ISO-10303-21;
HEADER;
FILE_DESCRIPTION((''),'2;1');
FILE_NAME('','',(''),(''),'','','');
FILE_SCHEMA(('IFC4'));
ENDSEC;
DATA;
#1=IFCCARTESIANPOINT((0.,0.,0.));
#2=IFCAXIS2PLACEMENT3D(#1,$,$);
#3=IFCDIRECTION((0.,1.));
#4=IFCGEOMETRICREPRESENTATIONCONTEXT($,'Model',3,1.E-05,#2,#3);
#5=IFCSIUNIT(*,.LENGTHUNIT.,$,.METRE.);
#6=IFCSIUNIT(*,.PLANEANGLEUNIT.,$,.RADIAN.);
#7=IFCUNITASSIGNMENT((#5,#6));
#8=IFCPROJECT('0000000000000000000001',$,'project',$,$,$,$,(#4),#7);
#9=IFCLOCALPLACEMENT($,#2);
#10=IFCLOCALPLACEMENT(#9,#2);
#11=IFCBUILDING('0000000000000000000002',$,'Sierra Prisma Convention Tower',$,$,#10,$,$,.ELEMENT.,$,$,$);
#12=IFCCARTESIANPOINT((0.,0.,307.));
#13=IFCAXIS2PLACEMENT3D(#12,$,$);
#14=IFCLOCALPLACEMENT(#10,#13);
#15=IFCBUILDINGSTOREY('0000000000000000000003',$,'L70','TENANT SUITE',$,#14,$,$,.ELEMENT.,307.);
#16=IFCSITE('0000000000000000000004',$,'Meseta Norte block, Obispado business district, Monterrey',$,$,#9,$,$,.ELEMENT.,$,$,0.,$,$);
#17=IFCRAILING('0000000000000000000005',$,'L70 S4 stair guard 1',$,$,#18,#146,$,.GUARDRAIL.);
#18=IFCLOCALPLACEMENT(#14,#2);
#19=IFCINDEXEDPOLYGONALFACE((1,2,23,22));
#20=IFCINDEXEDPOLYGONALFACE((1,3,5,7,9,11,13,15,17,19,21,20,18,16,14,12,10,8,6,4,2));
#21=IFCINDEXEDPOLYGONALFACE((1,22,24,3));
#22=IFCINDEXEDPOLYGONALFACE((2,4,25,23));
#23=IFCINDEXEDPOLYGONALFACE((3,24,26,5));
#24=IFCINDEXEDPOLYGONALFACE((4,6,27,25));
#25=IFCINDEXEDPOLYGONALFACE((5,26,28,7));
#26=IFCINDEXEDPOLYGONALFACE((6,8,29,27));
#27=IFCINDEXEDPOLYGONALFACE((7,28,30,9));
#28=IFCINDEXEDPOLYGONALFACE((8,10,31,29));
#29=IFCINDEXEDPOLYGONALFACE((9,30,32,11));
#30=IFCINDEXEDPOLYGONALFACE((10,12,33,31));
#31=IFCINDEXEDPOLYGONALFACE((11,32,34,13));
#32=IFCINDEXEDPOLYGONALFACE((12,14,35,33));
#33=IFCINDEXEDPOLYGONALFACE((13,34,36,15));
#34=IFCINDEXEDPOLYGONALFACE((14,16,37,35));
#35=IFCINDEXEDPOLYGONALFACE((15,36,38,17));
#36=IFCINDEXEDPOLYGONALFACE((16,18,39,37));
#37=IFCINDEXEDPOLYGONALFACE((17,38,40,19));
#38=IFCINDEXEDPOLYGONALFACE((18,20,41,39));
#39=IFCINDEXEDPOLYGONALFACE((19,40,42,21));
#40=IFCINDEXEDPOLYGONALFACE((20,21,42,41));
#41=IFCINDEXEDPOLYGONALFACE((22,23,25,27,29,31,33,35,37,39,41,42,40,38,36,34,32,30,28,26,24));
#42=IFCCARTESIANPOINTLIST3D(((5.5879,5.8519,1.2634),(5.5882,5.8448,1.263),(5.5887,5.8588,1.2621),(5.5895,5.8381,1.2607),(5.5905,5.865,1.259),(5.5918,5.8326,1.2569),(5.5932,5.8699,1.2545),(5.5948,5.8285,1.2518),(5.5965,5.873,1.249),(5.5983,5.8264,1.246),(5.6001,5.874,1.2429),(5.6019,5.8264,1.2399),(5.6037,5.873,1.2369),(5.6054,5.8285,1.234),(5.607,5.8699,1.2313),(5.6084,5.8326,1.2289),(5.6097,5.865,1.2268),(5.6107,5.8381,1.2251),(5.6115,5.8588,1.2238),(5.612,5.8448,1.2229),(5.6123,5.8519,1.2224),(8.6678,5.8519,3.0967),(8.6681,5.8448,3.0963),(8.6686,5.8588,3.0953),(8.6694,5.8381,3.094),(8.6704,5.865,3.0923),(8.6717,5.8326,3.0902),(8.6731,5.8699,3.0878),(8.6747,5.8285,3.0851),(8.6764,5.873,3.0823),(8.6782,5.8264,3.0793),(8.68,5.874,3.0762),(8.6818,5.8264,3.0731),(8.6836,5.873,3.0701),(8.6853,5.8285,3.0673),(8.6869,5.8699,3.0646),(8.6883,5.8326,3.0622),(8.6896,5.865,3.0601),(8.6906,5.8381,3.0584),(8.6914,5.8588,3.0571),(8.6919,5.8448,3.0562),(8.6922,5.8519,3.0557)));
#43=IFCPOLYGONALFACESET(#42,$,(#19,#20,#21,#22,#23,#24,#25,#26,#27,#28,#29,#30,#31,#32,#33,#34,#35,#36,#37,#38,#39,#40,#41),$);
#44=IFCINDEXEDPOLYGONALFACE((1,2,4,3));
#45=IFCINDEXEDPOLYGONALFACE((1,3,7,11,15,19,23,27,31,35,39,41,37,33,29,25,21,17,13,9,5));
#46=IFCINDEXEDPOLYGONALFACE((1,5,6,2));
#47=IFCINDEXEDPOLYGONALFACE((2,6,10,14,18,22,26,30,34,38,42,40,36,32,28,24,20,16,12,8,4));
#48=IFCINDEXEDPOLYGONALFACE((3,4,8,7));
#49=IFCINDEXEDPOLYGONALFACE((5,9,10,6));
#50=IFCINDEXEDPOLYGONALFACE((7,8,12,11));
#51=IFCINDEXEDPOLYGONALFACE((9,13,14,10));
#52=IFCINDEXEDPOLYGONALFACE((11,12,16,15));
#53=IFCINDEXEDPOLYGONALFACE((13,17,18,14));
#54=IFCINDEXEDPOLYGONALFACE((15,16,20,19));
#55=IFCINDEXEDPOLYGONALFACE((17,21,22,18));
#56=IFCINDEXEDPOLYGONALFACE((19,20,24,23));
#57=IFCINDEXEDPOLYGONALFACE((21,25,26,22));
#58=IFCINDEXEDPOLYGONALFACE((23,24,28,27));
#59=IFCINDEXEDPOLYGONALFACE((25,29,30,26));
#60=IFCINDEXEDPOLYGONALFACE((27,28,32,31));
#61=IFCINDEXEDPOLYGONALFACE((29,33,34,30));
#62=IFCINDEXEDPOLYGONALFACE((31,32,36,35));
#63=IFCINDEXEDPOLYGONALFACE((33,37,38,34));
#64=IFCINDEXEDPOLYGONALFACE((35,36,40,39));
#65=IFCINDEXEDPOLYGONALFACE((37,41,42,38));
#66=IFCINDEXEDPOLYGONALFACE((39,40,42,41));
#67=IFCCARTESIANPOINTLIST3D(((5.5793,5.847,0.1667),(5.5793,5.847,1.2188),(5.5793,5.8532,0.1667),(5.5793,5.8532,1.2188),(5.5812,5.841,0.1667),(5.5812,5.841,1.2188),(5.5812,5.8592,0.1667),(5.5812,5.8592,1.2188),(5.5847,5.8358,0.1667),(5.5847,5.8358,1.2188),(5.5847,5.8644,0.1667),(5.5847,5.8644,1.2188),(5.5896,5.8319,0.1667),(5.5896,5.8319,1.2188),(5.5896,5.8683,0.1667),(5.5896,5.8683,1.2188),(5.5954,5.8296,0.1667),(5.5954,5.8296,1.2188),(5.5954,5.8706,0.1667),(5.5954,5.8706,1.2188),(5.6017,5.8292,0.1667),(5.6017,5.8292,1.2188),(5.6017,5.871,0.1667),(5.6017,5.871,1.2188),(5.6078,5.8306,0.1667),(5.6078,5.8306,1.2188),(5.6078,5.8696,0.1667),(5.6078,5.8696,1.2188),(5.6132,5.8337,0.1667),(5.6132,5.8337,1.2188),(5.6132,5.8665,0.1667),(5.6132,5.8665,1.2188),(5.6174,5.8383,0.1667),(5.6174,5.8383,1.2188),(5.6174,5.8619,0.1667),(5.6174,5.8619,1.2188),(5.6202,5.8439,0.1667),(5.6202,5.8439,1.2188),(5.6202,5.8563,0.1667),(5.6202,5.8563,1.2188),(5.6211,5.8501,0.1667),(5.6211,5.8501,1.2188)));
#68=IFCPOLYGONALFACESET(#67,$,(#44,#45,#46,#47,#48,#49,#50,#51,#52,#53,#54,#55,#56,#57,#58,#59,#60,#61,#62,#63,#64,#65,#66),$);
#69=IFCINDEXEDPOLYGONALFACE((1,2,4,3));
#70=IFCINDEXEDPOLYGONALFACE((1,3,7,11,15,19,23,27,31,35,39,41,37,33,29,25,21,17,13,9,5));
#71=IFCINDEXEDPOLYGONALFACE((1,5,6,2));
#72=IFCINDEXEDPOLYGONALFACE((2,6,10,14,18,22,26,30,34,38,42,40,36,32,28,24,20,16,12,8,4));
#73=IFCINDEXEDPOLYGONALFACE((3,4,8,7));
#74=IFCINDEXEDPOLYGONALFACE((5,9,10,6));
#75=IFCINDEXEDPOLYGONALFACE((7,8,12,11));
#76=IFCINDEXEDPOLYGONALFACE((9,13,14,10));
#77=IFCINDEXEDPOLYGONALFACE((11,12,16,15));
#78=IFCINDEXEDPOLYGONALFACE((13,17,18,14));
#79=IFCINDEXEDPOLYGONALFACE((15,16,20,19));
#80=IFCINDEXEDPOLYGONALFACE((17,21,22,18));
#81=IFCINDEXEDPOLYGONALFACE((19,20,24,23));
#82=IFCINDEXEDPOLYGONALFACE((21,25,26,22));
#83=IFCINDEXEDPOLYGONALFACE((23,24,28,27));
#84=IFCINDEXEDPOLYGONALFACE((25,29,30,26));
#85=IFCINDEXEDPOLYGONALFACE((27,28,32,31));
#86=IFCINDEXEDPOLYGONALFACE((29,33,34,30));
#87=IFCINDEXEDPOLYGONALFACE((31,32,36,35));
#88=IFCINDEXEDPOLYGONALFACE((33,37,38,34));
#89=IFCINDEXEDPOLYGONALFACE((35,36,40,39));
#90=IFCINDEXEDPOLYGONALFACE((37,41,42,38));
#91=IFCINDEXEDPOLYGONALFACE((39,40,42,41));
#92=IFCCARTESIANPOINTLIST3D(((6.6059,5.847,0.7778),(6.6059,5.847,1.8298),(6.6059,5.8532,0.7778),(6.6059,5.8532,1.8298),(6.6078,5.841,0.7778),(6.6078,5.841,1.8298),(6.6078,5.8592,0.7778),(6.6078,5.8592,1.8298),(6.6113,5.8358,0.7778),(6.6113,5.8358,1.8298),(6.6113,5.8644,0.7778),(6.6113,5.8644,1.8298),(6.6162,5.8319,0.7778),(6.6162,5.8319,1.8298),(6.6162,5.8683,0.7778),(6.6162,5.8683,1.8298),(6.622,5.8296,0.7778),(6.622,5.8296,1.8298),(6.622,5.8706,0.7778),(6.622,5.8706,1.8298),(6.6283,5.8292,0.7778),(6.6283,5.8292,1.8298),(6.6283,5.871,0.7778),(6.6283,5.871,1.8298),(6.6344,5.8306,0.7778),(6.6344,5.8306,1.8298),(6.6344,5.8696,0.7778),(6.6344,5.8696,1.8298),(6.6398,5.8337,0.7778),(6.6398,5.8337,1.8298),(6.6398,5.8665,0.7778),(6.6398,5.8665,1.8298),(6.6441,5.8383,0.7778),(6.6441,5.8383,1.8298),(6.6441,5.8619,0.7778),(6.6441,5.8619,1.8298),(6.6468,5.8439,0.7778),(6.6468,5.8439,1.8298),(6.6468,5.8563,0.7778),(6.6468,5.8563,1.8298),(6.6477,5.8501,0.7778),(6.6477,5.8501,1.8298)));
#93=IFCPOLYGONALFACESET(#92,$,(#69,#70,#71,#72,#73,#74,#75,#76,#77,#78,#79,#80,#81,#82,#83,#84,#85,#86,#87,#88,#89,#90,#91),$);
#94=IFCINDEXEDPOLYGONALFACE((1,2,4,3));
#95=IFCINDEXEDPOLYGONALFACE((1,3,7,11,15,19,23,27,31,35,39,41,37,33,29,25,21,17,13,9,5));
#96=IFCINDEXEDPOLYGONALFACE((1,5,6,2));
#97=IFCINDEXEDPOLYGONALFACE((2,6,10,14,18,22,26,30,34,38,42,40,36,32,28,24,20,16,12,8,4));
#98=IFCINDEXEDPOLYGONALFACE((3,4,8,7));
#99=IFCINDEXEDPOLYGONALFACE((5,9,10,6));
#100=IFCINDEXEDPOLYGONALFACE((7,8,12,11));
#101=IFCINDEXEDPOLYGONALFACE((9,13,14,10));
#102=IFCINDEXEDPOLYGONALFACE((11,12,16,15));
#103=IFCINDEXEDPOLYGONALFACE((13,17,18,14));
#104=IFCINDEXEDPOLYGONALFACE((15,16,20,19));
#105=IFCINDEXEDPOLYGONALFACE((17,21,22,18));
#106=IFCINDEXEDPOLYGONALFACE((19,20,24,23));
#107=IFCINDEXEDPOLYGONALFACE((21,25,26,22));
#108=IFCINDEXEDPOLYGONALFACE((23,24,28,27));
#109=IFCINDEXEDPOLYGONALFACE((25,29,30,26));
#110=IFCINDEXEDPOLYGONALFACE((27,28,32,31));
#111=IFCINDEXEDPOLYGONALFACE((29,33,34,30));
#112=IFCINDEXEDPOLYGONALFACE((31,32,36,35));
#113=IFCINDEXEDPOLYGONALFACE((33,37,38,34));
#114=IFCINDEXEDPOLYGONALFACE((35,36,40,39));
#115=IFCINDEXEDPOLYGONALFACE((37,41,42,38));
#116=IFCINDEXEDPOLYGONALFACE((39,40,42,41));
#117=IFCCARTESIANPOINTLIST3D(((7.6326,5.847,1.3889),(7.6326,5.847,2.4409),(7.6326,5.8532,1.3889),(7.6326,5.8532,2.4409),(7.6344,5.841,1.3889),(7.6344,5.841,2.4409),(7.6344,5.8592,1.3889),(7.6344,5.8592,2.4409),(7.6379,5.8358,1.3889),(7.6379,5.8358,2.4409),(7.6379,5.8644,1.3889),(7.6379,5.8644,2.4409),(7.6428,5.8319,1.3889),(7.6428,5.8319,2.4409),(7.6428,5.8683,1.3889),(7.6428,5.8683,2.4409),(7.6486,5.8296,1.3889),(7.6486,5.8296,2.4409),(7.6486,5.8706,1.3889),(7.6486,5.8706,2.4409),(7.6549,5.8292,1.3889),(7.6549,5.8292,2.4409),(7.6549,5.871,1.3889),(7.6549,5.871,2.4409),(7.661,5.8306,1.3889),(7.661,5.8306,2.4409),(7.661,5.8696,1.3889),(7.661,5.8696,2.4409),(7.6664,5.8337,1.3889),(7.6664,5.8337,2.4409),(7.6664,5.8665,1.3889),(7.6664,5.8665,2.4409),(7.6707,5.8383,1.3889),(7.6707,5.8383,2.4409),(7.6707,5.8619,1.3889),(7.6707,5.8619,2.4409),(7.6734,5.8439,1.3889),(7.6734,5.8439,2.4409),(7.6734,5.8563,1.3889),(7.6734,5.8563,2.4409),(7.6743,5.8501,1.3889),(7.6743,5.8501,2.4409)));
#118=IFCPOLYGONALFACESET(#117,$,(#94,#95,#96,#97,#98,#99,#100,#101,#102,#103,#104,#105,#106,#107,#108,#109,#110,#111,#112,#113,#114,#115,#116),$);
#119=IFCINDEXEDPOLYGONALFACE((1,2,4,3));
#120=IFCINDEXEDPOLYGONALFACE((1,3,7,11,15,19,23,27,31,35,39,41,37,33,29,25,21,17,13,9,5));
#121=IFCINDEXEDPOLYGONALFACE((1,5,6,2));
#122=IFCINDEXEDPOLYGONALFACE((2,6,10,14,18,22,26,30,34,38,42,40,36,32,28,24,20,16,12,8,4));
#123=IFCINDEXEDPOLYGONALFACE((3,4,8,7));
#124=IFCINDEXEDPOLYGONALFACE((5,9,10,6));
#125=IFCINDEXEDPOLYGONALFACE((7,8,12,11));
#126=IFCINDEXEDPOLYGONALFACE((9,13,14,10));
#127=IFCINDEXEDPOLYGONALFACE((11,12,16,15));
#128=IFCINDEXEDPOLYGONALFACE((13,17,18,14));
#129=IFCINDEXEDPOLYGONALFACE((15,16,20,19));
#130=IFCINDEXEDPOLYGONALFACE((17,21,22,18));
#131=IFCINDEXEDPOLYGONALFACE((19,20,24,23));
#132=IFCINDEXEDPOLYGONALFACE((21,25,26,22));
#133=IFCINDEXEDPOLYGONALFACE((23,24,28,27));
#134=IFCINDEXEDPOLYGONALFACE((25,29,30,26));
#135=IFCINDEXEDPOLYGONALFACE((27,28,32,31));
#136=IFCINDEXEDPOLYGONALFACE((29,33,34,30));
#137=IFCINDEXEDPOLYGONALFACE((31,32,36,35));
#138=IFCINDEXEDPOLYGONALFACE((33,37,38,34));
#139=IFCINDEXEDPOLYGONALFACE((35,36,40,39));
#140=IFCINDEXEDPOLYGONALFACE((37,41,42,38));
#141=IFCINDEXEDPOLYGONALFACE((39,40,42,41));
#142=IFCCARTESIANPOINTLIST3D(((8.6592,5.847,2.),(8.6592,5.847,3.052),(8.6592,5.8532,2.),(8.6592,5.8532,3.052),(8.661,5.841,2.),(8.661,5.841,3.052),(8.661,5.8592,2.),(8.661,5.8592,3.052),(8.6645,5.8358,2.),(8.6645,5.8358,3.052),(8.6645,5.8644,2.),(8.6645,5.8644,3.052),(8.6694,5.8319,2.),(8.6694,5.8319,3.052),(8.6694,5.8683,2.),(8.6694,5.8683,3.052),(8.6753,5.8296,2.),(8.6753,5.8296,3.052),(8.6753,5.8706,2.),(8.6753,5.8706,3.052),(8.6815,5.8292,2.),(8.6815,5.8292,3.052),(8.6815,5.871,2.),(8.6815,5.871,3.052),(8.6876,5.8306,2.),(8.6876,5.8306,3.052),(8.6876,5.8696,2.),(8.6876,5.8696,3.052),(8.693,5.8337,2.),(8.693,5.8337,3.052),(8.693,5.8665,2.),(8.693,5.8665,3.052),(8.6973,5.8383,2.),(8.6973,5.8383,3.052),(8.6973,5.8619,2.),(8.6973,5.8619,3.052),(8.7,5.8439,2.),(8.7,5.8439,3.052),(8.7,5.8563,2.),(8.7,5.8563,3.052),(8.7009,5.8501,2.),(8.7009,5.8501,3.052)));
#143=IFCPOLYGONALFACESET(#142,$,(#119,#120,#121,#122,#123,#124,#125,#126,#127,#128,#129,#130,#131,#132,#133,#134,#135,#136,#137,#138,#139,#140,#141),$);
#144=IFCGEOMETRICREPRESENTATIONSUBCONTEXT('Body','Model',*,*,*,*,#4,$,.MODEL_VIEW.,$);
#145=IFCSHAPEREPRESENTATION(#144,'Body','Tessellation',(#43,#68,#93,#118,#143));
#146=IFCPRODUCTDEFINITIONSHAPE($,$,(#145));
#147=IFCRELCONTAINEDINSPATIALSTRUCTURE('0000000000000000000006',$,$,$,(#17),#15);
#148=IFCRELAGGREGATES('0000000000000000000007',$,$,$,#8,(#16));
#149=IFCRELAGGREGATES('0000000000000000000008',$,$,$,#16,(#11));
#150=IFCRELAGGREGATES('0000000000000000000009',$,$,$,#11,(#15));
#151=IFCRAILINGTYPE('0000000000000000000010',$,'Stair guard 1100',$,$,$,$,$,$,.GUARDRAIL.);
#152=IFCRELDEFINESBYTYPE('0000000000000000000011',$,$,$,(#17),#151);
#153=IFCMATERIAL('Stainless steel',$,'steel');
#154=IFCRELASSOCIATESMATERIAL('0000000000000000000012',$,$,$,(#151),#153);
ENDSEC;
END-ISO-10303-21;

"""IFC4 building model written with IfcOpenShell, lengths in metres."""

from ifc_helpers import new_model, si_unit, direction, frame, origin, origin_2d, place, context, subcontext, project, spatial, circle, extrude, material, type_object, element, save


model = new_model("IFC4")

# Units and contexts
model_context = context("Model", 3, precision=1e-05, world=origin(), true_north=direction((0.0, 1.0)))
body_context = subcontext(model_context, "Body", "Model", "MODEL_VIEW")
ifc_project = project(units=[si_unit("LENGTHUNIT", "METRE"), si_unit("PLANEANGLEUNIT", "RADIAN")], contexts=[model_context])

# Site, building, storey
site_placement = place(None, origin())
site = spatial("IfcSite", under=ifc_project, at=site_placement, Name="Meseta Norte block, Obispado business district, Monterrey", CompositionType="ELEMENT", RefElevation=0.0)
building_placement = place(site_placement, origin())
building = spatial("IfcBuilding", under=site, at=building_placement, Name="Sierra Prisma Convention Tower", CompositionType="ELEMENT")
storey_placement = place(building_placement, frame((0.0, 0.0, 307.0)))
storey = spatial("IfcBuildingStorey", under=building, at=storey_placement, Name="L70", Description="TENANT SUITE", CompositionType="ELEMENT", Elevation=307.0)

# Railing
ifc_material_1 = material(Name="Stainless steel", Category="steel")
railing_type_1 = type_object("IfcRailingType", Name="Stair guard 1100", PredefinedType="GUARDRAIL", material=ifc_material_1)
railing_1_placement = place(storey_placement, frame((5.6001, 5.8501, 0.1667)))
element("IfcRailing", 1, at=railing_1_placement, inside=storey, type_object=railing_type_1, Name="L70 S4 stair guard 1", PredefinedType="GUARDRAIL", context=body_context, shape_type="SweptSolid", body=[
    extrude(circle(Radius=0.0239, at=origin_2d()), frame((0.0, 0.0, 1.0762), z_axis=(0.859291, 0.0, 0.511487), x_axis=(0.0, 1.0, 0.0)), (0.0, 0.0, 1.0), 3.5842),
    extrude(circle(Radius=0.021, at=origin_2d()), origin(), (0.0, 0.0, 1.0), 1.052),
    extrude(circle(Radius=0.021, at=origin_2d()), frame((1.0266, 0.0, 0.6111)), (0.0, 0.0, 1.0), 1.052),
    extrude(circle(Radius=0.021, at=origin_2d()), frame((2.0532, 0.0, 1.2222)), (0.0, 0.0, 1.0), 1.052),
    extrude(circle(Radius=0.021, at=origin_2d()), frame((3.0798, 0.0, 1.8333)), (0.0, 0.0, 1.0), 1.052),
])

save(model, "model.ifc")
